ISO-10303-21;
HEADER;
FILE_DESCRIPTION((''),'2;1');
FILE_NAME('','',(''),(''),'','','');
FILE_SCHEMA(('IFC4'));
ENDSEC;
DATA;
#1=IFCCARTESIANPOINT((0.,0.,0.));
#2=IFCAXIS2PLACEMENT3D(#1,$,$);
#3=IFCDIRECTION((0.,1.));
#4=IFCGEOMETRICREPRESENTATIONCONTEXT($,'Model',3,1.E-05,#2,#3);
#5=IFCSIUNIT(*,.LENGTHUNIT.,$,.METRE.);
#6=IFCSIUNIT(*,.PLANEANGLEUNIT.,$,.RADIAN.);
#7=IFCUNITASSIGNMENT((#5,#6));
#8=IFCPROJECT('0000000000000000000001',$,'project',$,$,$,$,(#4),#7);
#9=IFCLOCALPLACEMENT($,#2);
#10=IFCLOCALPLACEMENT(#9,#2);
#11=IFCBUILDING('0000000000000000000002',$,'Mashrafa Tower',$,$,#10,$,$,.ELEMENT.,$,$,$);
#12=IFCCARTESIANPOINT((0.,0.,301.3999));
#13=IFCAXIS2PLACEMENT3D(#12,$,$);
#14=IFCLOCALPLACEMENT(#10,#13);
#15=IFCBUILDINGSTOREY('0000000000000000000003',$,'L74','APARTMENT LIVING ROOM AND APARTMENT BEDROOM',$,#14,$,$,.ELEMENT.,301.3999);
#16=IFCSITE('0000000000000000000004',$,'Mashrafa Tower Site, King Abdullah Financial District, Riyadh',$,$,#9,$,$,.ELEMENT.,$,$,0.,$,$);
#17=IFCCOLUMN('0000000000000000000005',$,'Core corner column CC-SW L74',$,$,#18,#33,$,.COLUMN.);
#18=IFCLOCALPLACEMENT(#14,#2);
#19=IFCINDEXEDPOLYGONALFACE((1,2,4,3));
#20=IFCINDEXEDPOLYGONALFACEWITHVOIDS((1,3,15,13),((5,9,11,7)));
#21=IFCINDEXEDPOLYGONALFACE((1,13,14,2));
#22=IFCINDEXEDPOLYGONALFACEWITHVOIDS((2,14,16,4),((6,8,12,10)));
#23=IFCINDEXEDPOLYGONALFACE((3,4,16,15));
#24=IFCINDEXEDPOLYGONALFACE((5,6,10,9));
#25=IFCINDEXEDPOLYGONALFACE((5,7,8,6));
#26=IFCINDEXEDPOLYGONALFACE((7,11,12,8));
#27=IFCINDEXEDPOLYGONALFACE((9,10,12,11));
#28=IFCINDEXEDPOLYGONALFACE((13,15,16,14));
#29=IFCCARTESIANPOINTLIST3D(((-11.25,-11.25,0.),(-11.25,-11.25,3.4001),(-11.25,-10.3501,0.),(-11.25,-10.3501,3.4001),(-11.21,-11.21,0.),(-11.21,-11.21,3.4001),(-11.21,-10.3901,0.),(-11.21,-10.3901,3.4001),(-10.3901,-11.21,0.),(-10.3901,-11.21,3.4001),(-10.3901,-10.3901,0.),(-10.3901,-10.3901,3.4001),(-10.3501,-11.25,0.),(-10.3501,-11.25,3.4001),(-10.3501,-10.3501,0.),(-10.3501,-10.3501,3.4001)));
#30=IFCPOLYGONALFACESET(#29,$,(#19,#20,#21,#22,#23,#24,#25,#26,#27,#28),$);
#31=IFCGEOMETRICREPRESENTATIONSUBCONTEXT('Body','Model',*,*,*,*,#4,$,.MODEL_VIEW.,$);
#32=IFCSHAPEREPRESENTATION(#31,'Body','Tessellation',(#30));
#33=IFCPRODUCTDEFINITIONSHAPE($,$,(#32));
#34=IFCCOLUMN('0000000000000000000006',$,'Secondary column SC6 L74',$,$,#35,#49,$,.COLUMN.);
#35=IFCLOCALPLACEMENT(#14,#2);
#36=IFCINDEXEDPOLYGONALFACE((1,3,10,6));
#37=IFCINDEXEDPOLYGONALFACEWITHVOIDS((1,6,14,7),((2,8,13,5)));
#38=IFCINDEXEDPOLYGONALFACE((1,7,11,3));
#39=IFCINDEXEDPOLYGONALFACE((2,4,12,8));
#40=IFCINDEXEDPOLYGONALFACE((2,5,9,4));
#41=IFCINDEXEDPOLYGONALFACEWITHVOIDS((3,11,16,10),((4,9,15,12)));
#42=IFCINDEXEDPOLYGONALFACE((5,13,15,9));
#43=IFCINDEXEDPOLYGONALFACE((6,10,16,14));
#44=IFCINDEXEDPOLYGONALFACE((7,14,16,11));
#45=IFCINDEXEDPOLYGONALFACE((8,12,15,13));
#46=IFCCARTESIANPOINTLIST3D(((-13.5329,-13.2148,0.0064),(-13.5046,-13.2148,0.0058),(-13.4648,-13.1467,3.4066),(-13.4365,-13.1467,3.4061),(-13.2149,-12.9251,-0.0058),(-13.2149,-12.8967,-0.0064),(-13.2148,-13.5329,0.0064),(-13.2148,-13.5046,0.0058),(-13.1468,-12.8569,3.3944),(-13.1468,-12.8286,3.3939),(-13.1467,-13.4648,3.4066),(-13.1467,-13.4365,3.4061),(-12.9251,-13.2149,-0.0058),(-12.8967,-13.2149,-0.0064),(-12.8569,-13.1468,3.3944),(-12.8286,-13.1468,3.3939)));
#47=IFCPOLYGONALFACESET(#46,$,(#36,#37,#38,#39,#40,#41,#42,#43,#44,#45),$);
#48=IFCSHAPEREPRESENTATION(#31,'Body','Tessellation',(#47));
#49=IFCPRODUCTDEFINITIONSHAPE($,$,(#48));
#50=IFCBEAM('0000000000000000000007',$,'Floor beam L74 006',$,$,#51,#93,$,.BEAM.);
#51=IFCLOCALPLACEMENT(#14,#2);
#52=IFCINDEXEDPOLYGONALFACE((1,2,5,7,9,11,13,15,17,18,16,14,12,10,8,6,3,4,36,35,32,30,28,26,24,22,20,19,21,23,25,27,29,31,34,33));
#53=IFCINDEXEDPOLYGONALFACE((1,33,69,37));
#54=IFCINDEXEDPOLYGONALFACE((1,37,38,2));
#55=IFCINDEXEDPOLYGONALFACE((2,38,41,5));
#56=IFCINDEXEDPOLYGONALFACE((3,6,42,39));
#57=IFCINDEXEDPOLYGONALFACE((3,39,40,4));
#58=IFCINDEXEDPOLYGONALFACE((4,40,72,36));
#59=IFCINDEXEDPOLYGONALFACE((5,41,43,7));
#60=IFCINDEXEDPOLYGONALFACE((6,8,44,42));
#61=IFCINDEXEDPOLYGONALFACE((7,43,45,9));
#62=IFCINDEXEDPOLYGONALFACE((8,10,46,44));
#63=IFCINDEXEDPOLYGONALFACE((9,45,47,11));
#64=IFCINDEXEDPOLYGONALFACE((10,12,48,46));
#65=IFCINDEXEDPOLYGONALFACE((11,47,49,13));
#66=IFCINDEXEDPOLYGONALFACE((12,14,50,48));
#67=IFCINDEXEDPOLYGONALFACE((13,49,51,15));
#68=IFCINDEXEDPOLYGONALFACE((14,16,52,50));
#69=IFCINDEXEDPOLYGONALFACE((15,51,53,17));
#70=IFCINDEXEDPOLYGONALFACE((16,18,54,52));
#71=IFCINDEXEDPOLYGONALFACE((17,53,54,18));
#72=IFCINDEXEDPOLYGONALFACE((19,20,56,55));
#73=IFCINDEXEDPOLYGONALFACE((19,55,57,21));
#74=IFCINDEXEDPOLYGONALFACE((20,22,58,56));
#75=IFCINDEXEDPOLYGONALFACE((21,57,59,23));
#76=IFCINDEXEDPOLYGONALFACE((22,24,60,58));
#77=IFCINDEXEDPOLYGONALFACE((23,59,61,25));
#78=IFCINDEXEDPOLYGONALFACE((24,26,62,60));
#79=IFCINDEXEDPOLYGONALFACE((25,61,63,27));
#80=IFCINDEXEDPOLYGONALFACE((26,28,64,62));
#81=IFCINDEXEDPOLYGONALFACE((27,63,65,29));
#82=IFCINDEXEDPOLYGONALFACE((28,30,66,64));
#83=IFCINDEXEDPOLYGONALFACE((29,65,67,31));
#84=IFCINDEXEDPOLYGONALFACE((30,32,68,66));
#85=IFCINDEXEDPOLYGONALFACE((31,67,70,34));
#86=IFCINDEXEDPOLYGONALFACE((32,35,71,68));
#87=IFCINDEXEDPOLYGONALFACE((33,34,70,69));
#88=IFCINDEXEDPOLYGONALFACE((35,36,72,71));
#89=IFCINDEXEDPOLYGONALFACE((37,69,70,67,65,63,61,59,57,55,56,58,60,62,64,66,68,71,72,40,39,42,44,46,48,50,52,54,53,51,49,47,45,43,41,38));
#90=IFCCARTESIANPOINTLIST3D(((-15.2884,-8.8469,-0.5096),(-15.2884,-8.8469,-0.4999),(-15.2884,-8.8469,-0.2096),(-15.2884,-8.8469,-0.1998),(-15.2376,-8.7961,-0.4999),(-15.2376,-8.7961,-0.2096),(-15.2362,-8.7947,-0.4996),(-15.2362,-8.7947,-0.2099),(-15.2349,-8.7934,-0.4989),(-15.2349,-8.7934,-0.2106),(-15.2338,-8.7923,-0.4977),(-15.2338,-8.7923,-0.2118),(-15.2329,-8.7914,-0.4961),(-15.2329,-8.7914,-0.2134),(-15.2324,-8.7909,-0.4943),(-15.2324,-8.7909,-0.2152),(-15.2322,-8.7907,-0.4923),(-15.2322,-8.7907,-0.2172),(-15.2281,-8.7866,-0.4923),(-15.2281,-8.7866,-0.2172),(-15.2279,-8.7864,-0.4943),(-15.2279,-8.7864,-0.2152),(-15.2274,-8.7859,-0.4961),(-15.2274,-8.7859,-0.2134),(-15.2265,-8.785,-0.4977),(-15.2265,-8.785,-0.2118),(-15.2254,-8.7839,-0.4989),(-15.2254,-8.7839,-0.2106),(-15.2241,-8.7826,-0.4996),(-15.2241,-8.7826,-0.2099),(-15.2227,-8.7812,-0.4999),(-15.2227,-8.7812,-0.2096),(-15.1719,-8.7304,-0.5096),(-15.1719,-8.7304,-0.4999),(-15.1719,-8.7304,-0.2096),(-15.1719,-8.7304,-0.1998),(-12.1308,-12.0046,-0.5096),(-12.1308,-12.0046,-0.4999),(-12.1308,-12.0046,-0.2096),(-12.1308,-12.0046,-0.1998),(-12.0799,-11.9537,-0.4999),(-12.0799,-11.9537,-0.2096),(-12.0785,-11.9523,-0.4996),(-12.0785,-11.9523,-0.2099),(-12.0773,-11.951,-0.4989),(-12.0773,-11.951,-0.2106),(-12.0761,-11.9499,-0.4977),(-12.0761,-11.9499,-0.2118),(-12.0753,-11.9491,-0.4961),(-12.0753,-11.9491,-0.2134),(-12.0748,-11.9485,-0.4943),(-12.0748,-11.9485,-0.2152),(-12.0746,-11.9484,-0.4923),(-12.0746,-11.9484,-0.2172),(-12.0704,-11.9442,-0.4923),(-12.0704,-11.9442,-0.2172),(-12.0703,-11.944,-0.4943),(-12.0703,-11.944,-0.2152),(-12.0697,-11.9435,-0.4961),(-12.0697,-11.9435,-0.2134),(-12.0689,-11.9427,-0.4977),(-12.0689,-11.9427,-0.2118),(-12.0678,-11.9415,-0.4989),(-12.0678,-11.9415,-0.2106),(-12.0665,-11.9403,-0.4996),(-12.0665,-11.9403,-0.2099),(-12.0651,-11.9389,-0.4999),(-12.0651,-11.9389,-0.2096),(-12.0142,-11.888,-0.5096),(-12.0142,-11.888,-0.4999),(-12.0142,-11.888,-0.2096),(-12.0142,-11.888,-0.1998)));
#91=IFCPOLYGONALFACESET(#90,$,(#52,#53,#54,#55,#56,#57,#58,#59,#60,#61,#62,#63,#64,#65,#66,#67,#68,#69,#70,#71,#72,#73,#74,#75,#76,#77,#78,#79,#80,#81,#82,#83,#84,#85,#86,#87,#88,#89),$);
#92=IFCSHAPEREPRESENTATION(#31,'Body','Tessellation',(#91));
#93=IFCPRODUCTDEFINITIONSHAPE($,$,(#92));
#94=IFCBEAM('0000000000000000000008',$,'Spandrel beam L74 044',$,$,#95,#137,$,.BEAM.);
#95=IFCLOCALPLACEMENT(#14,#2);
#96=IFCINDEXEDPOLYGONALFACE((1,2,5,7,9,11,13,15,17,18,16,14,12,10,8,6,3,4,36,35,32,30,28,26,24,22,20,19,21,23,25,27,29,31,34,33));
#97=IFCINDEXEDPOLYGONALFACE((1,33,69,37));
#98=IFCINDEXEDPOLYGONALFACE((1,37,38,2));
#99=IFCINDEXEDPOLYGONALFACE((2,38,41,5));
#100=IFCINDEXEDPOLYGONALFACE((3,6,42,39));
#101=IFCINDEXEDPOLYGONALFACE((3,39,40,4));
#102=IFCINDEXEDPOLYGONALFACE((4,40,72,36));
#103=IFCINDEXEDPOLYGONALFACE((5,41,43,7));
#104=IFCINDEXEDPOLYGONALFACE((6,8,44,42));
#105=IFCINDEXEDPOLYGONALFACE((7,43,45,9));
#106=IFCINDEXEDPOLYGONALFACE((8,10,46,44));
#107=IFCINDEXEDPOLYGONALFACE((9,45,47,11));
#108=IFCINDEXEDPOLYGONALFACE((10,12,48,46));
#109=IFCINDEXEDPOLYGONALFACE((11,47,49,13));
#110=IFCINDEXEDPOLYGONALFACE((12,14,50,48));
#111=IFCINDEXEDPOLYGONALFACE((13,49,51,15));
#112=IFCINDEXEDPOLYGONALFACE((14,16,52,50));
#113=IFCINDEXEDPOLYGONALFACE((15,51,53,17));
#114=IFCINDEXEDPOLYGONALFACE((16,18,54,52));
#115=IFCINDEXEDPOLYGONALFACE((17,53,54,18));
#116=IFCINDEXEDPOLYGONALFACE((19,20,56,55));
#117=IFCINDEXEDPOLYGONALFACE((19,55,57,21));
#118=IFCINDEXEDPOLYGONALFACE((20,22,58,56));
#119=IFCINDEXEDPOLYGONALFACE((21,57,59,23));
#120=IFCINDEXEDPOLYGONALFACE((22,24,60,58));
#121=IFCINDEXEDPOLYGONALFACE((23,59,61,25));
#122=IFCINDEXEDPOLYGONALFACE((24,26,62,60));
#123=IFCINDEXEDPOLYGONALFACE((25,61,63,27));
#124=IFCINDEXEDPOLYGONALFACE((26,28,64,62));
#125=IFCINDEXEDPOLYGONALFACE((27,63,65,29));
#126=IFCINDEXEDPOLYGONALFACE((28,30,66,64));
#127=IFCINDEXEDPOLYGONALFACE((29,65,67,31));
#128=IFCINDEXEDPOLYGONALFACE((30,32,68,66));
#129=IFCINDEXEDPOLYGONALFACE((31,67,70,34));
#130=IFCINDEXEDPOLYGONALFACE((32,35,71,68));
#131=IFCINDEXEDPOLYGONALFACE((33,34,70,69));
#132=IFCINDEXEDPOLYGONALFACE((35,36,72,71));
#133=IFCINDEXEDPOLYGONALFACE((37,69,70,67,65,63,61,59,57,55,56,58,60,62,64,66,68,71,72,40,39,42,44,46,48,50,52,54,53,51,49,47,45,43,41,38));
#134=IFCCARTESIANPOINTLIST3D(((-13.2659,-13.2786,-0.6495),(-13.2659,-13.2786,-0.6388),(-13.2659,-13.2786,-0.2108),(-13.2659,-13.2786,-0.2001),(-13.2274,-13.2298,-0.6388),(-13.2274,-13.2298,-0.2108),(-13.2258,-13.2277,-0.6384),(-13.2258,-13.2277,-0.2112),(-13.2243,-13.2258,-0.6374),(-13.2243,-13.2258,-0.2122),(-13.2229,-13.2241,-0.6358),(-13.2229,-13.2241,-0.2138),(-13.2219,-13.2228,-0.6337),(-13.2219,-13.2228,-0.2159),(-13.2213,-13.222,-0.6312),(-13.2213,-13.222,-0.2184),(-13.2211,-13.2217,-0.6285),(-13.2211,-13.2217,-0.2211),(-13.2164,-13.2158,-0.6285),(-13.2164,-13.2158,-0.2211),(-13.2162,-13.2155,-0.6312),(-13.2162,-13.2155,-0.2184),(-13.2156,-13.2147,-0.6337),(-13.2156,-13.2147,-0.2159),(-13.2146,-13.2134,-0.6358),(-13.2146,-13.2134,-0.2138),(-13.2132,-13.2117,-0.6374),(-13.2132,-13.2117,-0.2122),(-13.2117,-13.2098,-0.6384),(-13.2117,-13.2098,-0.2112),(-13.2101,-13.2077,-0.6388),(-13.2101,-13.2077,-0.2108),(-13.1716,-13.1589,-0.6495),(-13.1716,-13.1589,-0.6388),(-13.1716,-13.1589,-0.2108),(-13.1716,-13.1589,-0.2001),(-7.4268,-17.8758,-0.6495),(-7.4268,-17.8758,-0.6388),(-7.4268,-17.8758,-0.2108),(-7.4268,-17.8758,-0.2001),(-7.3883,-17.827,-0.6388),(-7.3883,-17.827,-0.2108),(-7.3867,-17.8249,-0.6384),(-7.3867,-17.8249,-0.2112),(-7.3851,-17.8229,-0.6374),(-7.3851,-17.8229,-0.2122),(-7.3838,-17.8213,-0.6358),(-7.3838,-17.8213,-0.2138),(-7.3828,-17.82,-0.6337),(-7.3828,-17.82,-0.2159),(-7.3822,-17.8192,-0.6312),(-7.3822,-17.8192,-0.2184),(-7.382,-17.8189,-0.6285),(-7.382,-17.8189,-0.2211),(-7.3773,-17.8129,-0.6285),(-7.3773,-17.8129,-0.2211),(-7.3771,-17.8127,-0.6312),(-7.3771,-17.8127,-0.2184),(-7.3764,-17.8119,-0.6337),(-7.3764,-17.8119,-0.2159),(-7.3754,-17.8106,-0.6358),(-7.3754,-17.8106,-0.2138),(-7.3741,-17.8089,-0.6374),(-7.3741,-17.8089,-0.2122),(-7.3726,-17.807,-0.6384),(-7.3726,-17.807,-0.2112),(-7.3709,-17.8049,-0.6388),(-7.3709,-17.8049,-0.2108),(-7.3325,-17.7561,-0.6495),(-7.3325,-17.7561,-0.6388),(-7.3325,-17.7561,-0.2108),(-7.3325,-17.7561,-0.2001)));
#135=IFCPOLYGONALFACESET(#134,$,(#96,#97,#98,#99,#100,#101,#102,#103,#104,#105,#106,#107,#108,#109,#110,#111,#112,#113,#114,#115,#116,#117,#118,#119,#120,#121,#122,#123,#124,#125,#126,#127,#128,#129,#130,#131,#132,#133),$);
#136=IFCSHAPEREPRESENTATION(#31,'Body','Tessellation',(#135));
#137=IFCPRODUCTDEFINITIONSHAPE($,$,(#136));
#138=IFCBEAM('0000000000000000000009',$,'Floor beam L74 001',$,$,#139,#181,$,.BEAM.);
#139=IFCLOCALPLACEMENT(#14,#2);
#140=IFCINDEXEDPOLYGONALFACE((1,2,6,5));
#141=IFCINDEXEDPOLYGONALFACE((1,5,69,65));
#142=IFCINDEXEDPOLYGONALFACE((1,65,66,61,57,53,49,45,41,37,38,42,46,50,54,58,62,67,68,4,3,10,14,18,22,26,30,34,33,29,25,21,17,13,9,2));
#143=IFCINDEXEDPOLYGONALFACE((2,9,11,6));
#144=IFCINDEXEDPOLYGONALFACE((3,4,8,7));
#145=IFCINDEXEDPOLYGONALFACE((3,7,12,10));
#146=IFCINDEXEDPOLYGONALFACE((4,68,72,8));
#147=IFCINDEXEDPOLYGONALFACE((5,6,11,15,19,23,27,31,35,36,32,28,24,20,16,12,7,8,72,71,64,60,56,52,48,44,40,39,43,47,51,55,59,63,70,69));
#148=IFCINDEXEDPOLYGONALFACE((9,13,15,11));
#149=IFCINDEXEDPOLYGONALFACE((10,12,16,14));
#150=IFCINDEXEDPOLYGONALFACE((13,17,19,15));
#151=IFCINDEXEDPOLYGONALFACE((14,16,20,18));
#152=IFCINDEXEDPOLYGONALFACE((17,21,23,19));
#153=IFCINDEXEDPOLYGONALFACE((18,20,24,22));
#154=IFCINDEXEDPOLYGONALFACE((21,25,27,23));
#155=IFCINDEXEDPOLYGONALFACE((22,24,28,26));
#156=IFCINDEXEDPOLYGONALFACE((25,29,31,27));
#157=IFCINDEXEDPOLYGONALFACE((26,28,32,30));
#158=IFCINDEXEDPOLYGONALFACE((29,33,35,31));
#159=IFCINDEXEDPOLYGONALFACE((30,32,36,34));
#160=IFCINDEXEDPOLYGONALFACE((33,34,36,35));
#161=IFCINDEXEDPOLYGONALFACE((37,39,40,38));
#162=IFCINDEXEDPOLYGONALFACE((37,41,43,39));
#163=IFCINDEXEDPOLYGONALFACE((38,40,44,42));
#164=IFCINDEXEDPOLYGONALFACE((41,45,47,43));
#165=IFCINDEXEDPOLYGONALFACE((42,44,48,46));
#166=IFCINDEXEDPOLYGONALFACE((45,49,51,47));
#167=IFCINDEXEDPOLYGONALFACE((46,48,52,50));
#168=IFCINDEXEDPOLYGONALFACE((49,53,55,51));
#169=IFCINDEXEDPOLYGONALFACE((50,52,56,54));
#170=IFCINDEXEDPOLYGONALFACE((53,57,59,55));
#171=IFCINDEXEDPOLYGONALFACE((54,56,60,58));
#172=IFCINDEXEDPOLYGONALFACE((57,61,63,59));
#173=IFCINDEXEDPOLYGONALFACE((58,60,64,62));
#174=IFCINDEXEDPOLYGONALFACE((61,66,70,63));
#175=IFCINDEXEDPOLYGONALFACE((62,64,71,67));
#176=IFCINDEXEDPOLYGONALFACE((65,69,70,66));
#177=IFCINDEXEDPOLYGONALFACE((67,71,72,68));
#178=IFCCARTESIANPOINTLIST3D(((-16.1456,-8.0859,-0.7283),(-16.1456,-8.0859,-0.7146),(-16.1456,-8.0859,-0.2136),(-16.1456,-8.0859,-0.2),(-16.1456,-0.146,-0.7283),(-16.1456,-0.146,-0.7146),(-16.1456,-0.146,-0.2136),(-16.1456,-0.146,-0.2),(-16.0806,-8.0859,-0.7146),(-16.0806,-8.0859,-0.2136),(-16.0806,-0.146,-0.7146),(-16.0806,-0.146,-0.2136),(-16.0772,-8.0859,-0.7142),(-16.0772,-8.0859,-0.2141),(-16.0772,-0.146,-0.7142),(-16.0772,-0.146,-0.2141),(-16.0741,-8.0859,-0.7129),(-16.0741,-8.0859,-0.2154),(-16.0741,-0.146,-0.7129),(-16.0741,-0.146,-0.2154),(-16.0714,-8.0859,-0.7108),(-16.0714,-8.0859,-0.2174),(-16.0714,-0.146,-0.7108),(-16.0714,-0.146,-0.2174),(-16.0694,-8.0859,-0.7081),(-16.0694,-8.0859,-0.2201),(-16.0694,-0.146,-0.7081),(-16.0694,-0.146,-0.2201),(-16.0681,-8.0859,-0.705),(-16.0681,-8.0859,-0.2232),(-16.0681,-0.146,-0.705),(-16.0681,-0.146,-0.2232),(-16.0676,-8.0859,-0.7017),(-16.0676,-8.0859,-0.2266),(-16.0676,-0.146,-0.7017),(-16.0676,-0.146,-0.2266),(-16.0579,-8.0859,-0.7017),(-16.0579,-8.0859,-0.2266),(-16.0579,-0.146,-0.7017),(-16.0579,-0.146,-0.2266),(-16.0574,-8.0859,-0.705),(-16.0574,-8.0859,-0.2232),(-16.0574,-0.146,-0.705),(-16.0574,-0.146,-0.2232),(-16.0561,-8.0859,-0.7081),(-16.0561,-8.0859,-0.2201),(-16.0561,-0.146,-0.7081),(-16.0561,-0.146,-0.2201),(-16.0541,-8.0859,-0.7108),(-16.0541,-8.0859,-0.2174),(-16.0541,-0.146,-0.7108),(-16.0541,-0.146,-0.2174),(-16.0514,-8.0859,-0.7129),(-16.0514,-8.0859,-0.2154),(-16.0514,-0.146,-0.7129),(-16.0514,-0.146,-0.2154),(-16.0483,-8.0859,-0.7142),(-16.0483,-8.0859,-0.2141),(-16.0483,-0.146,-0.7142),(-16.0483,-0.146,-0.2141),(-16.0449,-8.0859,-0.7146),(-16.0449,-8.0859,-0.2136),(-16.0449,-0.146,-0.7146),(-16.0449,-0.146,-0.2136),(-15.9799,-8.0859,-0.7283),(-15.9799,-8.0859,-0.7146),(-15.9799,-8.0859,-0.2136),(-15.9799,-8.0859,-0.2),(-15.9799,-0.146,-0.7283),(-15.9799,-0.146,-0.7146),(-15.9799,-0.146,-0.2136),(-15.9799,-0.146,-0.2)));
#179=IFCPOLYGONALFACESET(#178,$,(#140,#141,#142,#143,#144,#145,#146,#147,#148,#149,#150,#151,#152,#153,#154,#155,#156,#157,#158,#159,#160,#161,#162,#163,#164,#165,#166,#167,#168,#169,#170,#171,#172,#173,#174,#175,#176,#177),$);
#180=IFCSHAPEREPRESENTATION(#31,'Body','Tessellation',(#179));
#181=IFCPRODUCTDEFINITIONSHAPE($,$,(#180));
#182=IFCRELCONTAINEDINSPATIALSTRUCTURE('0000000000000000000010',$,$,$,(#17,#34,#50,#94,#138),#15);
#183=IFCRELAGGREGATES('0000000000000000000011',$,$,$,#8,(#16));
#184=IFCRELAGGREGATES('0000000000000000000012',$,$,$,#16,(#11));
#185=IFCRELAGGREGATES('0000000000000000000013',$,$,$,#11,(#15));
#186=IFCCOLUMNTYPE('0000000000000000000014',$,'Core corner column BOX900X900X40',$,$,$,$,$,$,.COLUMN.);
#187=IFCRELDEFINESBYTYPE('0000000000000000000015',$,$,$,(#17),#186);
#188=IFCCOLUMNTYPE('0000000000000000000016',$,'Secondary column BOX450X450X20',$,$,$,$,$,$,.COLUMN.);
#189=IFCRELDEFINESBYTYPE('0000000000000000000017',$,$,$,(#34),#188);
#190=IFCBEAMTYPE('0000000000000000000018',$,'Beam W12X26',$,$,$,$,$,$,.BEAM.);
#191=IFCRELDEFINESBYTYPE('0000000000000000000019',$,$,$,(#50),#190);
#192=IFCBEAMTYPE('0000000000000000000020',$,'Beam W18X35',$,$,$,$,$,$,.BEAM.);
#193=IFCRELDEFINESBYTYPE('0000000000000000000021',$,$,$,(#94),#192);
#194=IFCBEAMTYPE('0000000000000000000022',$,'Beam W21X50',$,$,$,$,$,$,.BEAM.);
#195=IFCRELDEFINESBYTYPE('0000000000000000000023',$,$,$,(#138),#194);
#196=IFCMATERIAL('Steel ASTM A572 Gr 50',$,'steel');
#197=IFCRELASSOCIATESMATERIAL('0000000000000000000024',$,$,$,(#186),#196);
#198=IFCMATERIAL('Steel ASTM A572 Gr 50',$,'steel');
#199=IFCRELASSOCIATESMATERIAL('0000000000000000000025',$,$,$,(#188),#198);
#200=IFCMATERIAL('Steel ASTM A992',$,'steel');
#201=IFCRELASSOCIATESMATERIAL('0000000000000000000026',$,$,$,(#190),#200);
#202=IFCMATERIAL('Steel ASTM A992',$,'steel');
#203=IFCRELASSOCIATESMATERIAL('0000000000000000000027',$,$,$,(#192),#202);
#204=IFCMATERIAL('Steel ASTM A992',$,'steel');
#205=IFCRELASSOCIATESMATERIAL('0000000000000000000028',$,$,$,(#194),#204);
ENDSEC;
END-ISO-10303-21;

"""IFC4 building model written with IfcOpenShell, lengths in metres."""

from ifc_helpers import new_model, si_unit, direction, frame, origin, origin_2d, place, context, subcontext, project, spatial, hollow_rectangle, i_section, extrude, material, material_profile, profile_set, type_object, element, save


model = new_model("IFC4")

# Units and contexts
model_context = context("Model", 3, precision=1e-05, world=origin(), true_north=direction((0.0, 1.0)))
body_context = subcontext(model_context, "Body", "Model", "MODEL_VIEW")
ifc_project = project(units=[si_unit("LENGTHUNIT", "METRE"), si_unit("PLANEANGLEUNIT", "RADIAN")], contexts=[model_context])

# Site, building, storey
site_placement = place(None, origin())
site = spatial("IfcSite", under=ifc_project, at=site_placement, Name="Mashrafa Tower Site, King Abdullah Financial District, Riyadh", CompositionType="ELEMENT", RefElevation=0.0)
building_placement = place(site_placement, origin())
building = spatial("IfcBuilding", under=site, at=building_placement, Name="Mashrafa Tower", CompositionType="ELEMENT")
storey_placement = place(building_placement, frame((0.0, 0.0, 301.3999)))
storey = spatial("IfcBuildingStorey", under=building, at=storey_placement, Name="L74", Description="APARTMENT LIVING ROOM AND APARTMENT BEDROOM", CompositionType="ELEMENT", Elevation=301.3999)

# Columns
ifc_material_1 = material(Name="Steel ASTM A572 Gr 50", Category="steel")
ifc_material_profile_1 = material_profile(ifc_material_1, hollow_rectangle(XDim=0.8999, YDim=0.8999, WallThickness=0.04, at=origin_2d()), Name="BOX900X900X40")
ifc_profile_set_1 = profile_set([ifc_material_profile_1], Name="Steel ASTM A572 Gr 50")
column_type_1 = type_object("IfcColumnType", Name="Core corner column BOX900X900X40", PredefinedType="COLUMN", material=ifc_profile_set_1)
column_1_placement = place(storey_placement, frame((-10.8, -10.8, 0.0), z_axis=(0.0, 0.0, 1.0), x_axis=(1.0, 0.0, 0.0)))
element("IfcColumn", 1, at=column_1_placement, inside=storey, type_object=column_type_1, Name="Core corner column CC-SW L74", PredefinedType="COLUMN", context=body_context, shape_type="SweptSolid", body=[
    extrude(hollow_rectangle(XDim=0.8999, YDim=0.8999, WallThickness=0.04, at=origin_2d()), origin(), (0.0, 0.0, 1.0), 3.4001),
])
ifc_material_2 = material(Name="Steel ASTM A572 Gr 50", Category="steel")
ifc_material_profile_2 = material_profile(ifc_material_2, hollow_rectangle(XDim=0.45, YDim=0.45, WallThickness=0.02, at=origin_2d()), Name="BOX450X450X20")
ifc_profile_set_2 = profile_set([ifc_material_profile_2], Name="Steel ASTM A572 Gr 50")
column_type_2 = type_object("IfcColumnType", Name="Secondary column BOX450X450X20", PredefinedType="COLUMN", material=ifc_profile_set_2)
column_2_placement = place(storey_placement, frame((-13.2148, -13.2148, 0.0), z_axis=(0.020025, 0.020025, 0.999599), x_axis=(-0.707107, 0.707107, 0.0)))
element("IfcColumn", 2, at=column_2_placement, inside=storey, type_object=column_type_2, Name="Secondary column SC6 L74", PredefinedType="COLUMN", context=body_context, shape_type="SweptSolid", body=[
    extrude(hollow_rectangle(XDim=0.45, YDim=0.45, WallThickness=0.02, at=origin_2d()), origin(), (0.0, 0.0, 1.0), 3.4016),
])

# Beams
ifc_material_3 = material(Name="Steel ASTM A992", Category="steel")
ifc_material_profile_3 = material_profile(ifc_material_3, i_section(OverallWidth=0.1648, OverallDepth=0.3098, WebThickness=0.0059, FlangeThickness=0.0098, FilletRadius=0.0076, at=origin_2d()), Name="W12X26")
ifc_profile_set_3 = profile_set([ifc_material_profile_3], Name="Steel ASTM A992")
beam_type_1 = type_object("IfcBeamType", Name="Beam W12X26", PredefinedType="BEAM", material=ifc_profile_set_3)
beam_1_placement = place(storey_placement, frame((-12.0725, -11.9463, -0.3547), z_axis=(-0.707107, 0.707107, 0.0), x_axis=(-0.707107, -0.707107, 0.0)))
element("IfcBeam", 3, at=beam_1_placement, inside=storey, type_object=beam_type_1, Name="Floor beam L74 006", PredefinedType="BEAM", context=body_context, shape_type="SweptSolid", body=[
    extrude(i_section(OverallWidth=0.1648, OverallDepth=0.3098, WebThickness=0.0059, FlangeThickness=0.0098, FilletRadius=0.0076, at=origin_2d()), origin(), (0.0, 0.0, 1.0), 4.4656),
])
ifc_material_4 = material(Name="Steel ASTM A992", Category="steel")
ifc_material_profile_4 = material_profile(ifc_material_4, i_section(OverallWidth=0.1523, OverallDepth=0.4495, WebThickness=0.0076, FlangeThickness=0.0107, FilletRadius=0.0103, at=origin_2d()), Name="W18X35")
ifc_profile_set_4 = profile_set([ifc_material_profile_4], Name="Steel ASTM A992")
beam_type_2 = type_object("IfcBeamType", Name="Beam W18X35", PredefinedType="BEAM", material=ifc_profile_set_4)
beam_2_placement = place(storey_placement, frame((-13.2188, -13.2188, -0.4248), z_axis=(0.78571, -0.618595, 0.0), x_axis=(0.618595, 0.78571, 0.0)))
element("IfcBeam", 4, at=beam_2_placement, inside=storey, type_object=beam_type_2, Name="Spandrel beam L74 044", PredefinedType="BEAM", context=body_context, shape_type="SweptSolid", body=[
    extrude(i_section(OverallWidth=0.1523, OverallDepth=0.4495, WebThickness=0.0076, FlangeThickness=0.0107, FilletRadius=0.0103, at=origin_2d()), origin(), (0.0, 0.0, 1.0), 7.4316),
])
ifc_material_5 = material(Name="Steel ASTM A992", Category="steel")
ifc_material_profile_5 = material_profile(ifc_material_5, i_section(OverallWidth=0.1658, OverallDepth=0.5283, WebThickness=0.0098, FlangeThickness=0.0137, FilletRadius=0.0129, at=origin_2d()), Name="W21X50")
ifc_profile_set_5 = profile_set([ifc_material_profile_5], Name="Steel ASTM A992")
beam_type_3 = type_object("IfcBeamType", Name="Beam W21X50", PredefinedType="BEAM", material=ifc_profile_set_5)
beam_3_placement = place(storey_placement, frame((-16.0627, -8.0859, -0.4641), z_axis=(0.0, 1.0, 0.0), x_axis=(-1.0, 0.0, 0.0)))
element("IfcBeam", 5, at=beam_3_placement, inside=storey, type_object=beam_type_3, Name="Floor beam L74 001", PredefinedType="BEAM", context=body_context, shape_type="SweptSolid", body=[
    extrude(i_section(OverallWidth=0.1658, OverallDepth=0.5283, WebThickness=0.0098, FlangeThickness=0.0137, FilletRadius=0.0129, at=origin_2d()), origin(), (0.0, 0.0, 1.0), 7.9399),
])

save(model, "model.ifc")
